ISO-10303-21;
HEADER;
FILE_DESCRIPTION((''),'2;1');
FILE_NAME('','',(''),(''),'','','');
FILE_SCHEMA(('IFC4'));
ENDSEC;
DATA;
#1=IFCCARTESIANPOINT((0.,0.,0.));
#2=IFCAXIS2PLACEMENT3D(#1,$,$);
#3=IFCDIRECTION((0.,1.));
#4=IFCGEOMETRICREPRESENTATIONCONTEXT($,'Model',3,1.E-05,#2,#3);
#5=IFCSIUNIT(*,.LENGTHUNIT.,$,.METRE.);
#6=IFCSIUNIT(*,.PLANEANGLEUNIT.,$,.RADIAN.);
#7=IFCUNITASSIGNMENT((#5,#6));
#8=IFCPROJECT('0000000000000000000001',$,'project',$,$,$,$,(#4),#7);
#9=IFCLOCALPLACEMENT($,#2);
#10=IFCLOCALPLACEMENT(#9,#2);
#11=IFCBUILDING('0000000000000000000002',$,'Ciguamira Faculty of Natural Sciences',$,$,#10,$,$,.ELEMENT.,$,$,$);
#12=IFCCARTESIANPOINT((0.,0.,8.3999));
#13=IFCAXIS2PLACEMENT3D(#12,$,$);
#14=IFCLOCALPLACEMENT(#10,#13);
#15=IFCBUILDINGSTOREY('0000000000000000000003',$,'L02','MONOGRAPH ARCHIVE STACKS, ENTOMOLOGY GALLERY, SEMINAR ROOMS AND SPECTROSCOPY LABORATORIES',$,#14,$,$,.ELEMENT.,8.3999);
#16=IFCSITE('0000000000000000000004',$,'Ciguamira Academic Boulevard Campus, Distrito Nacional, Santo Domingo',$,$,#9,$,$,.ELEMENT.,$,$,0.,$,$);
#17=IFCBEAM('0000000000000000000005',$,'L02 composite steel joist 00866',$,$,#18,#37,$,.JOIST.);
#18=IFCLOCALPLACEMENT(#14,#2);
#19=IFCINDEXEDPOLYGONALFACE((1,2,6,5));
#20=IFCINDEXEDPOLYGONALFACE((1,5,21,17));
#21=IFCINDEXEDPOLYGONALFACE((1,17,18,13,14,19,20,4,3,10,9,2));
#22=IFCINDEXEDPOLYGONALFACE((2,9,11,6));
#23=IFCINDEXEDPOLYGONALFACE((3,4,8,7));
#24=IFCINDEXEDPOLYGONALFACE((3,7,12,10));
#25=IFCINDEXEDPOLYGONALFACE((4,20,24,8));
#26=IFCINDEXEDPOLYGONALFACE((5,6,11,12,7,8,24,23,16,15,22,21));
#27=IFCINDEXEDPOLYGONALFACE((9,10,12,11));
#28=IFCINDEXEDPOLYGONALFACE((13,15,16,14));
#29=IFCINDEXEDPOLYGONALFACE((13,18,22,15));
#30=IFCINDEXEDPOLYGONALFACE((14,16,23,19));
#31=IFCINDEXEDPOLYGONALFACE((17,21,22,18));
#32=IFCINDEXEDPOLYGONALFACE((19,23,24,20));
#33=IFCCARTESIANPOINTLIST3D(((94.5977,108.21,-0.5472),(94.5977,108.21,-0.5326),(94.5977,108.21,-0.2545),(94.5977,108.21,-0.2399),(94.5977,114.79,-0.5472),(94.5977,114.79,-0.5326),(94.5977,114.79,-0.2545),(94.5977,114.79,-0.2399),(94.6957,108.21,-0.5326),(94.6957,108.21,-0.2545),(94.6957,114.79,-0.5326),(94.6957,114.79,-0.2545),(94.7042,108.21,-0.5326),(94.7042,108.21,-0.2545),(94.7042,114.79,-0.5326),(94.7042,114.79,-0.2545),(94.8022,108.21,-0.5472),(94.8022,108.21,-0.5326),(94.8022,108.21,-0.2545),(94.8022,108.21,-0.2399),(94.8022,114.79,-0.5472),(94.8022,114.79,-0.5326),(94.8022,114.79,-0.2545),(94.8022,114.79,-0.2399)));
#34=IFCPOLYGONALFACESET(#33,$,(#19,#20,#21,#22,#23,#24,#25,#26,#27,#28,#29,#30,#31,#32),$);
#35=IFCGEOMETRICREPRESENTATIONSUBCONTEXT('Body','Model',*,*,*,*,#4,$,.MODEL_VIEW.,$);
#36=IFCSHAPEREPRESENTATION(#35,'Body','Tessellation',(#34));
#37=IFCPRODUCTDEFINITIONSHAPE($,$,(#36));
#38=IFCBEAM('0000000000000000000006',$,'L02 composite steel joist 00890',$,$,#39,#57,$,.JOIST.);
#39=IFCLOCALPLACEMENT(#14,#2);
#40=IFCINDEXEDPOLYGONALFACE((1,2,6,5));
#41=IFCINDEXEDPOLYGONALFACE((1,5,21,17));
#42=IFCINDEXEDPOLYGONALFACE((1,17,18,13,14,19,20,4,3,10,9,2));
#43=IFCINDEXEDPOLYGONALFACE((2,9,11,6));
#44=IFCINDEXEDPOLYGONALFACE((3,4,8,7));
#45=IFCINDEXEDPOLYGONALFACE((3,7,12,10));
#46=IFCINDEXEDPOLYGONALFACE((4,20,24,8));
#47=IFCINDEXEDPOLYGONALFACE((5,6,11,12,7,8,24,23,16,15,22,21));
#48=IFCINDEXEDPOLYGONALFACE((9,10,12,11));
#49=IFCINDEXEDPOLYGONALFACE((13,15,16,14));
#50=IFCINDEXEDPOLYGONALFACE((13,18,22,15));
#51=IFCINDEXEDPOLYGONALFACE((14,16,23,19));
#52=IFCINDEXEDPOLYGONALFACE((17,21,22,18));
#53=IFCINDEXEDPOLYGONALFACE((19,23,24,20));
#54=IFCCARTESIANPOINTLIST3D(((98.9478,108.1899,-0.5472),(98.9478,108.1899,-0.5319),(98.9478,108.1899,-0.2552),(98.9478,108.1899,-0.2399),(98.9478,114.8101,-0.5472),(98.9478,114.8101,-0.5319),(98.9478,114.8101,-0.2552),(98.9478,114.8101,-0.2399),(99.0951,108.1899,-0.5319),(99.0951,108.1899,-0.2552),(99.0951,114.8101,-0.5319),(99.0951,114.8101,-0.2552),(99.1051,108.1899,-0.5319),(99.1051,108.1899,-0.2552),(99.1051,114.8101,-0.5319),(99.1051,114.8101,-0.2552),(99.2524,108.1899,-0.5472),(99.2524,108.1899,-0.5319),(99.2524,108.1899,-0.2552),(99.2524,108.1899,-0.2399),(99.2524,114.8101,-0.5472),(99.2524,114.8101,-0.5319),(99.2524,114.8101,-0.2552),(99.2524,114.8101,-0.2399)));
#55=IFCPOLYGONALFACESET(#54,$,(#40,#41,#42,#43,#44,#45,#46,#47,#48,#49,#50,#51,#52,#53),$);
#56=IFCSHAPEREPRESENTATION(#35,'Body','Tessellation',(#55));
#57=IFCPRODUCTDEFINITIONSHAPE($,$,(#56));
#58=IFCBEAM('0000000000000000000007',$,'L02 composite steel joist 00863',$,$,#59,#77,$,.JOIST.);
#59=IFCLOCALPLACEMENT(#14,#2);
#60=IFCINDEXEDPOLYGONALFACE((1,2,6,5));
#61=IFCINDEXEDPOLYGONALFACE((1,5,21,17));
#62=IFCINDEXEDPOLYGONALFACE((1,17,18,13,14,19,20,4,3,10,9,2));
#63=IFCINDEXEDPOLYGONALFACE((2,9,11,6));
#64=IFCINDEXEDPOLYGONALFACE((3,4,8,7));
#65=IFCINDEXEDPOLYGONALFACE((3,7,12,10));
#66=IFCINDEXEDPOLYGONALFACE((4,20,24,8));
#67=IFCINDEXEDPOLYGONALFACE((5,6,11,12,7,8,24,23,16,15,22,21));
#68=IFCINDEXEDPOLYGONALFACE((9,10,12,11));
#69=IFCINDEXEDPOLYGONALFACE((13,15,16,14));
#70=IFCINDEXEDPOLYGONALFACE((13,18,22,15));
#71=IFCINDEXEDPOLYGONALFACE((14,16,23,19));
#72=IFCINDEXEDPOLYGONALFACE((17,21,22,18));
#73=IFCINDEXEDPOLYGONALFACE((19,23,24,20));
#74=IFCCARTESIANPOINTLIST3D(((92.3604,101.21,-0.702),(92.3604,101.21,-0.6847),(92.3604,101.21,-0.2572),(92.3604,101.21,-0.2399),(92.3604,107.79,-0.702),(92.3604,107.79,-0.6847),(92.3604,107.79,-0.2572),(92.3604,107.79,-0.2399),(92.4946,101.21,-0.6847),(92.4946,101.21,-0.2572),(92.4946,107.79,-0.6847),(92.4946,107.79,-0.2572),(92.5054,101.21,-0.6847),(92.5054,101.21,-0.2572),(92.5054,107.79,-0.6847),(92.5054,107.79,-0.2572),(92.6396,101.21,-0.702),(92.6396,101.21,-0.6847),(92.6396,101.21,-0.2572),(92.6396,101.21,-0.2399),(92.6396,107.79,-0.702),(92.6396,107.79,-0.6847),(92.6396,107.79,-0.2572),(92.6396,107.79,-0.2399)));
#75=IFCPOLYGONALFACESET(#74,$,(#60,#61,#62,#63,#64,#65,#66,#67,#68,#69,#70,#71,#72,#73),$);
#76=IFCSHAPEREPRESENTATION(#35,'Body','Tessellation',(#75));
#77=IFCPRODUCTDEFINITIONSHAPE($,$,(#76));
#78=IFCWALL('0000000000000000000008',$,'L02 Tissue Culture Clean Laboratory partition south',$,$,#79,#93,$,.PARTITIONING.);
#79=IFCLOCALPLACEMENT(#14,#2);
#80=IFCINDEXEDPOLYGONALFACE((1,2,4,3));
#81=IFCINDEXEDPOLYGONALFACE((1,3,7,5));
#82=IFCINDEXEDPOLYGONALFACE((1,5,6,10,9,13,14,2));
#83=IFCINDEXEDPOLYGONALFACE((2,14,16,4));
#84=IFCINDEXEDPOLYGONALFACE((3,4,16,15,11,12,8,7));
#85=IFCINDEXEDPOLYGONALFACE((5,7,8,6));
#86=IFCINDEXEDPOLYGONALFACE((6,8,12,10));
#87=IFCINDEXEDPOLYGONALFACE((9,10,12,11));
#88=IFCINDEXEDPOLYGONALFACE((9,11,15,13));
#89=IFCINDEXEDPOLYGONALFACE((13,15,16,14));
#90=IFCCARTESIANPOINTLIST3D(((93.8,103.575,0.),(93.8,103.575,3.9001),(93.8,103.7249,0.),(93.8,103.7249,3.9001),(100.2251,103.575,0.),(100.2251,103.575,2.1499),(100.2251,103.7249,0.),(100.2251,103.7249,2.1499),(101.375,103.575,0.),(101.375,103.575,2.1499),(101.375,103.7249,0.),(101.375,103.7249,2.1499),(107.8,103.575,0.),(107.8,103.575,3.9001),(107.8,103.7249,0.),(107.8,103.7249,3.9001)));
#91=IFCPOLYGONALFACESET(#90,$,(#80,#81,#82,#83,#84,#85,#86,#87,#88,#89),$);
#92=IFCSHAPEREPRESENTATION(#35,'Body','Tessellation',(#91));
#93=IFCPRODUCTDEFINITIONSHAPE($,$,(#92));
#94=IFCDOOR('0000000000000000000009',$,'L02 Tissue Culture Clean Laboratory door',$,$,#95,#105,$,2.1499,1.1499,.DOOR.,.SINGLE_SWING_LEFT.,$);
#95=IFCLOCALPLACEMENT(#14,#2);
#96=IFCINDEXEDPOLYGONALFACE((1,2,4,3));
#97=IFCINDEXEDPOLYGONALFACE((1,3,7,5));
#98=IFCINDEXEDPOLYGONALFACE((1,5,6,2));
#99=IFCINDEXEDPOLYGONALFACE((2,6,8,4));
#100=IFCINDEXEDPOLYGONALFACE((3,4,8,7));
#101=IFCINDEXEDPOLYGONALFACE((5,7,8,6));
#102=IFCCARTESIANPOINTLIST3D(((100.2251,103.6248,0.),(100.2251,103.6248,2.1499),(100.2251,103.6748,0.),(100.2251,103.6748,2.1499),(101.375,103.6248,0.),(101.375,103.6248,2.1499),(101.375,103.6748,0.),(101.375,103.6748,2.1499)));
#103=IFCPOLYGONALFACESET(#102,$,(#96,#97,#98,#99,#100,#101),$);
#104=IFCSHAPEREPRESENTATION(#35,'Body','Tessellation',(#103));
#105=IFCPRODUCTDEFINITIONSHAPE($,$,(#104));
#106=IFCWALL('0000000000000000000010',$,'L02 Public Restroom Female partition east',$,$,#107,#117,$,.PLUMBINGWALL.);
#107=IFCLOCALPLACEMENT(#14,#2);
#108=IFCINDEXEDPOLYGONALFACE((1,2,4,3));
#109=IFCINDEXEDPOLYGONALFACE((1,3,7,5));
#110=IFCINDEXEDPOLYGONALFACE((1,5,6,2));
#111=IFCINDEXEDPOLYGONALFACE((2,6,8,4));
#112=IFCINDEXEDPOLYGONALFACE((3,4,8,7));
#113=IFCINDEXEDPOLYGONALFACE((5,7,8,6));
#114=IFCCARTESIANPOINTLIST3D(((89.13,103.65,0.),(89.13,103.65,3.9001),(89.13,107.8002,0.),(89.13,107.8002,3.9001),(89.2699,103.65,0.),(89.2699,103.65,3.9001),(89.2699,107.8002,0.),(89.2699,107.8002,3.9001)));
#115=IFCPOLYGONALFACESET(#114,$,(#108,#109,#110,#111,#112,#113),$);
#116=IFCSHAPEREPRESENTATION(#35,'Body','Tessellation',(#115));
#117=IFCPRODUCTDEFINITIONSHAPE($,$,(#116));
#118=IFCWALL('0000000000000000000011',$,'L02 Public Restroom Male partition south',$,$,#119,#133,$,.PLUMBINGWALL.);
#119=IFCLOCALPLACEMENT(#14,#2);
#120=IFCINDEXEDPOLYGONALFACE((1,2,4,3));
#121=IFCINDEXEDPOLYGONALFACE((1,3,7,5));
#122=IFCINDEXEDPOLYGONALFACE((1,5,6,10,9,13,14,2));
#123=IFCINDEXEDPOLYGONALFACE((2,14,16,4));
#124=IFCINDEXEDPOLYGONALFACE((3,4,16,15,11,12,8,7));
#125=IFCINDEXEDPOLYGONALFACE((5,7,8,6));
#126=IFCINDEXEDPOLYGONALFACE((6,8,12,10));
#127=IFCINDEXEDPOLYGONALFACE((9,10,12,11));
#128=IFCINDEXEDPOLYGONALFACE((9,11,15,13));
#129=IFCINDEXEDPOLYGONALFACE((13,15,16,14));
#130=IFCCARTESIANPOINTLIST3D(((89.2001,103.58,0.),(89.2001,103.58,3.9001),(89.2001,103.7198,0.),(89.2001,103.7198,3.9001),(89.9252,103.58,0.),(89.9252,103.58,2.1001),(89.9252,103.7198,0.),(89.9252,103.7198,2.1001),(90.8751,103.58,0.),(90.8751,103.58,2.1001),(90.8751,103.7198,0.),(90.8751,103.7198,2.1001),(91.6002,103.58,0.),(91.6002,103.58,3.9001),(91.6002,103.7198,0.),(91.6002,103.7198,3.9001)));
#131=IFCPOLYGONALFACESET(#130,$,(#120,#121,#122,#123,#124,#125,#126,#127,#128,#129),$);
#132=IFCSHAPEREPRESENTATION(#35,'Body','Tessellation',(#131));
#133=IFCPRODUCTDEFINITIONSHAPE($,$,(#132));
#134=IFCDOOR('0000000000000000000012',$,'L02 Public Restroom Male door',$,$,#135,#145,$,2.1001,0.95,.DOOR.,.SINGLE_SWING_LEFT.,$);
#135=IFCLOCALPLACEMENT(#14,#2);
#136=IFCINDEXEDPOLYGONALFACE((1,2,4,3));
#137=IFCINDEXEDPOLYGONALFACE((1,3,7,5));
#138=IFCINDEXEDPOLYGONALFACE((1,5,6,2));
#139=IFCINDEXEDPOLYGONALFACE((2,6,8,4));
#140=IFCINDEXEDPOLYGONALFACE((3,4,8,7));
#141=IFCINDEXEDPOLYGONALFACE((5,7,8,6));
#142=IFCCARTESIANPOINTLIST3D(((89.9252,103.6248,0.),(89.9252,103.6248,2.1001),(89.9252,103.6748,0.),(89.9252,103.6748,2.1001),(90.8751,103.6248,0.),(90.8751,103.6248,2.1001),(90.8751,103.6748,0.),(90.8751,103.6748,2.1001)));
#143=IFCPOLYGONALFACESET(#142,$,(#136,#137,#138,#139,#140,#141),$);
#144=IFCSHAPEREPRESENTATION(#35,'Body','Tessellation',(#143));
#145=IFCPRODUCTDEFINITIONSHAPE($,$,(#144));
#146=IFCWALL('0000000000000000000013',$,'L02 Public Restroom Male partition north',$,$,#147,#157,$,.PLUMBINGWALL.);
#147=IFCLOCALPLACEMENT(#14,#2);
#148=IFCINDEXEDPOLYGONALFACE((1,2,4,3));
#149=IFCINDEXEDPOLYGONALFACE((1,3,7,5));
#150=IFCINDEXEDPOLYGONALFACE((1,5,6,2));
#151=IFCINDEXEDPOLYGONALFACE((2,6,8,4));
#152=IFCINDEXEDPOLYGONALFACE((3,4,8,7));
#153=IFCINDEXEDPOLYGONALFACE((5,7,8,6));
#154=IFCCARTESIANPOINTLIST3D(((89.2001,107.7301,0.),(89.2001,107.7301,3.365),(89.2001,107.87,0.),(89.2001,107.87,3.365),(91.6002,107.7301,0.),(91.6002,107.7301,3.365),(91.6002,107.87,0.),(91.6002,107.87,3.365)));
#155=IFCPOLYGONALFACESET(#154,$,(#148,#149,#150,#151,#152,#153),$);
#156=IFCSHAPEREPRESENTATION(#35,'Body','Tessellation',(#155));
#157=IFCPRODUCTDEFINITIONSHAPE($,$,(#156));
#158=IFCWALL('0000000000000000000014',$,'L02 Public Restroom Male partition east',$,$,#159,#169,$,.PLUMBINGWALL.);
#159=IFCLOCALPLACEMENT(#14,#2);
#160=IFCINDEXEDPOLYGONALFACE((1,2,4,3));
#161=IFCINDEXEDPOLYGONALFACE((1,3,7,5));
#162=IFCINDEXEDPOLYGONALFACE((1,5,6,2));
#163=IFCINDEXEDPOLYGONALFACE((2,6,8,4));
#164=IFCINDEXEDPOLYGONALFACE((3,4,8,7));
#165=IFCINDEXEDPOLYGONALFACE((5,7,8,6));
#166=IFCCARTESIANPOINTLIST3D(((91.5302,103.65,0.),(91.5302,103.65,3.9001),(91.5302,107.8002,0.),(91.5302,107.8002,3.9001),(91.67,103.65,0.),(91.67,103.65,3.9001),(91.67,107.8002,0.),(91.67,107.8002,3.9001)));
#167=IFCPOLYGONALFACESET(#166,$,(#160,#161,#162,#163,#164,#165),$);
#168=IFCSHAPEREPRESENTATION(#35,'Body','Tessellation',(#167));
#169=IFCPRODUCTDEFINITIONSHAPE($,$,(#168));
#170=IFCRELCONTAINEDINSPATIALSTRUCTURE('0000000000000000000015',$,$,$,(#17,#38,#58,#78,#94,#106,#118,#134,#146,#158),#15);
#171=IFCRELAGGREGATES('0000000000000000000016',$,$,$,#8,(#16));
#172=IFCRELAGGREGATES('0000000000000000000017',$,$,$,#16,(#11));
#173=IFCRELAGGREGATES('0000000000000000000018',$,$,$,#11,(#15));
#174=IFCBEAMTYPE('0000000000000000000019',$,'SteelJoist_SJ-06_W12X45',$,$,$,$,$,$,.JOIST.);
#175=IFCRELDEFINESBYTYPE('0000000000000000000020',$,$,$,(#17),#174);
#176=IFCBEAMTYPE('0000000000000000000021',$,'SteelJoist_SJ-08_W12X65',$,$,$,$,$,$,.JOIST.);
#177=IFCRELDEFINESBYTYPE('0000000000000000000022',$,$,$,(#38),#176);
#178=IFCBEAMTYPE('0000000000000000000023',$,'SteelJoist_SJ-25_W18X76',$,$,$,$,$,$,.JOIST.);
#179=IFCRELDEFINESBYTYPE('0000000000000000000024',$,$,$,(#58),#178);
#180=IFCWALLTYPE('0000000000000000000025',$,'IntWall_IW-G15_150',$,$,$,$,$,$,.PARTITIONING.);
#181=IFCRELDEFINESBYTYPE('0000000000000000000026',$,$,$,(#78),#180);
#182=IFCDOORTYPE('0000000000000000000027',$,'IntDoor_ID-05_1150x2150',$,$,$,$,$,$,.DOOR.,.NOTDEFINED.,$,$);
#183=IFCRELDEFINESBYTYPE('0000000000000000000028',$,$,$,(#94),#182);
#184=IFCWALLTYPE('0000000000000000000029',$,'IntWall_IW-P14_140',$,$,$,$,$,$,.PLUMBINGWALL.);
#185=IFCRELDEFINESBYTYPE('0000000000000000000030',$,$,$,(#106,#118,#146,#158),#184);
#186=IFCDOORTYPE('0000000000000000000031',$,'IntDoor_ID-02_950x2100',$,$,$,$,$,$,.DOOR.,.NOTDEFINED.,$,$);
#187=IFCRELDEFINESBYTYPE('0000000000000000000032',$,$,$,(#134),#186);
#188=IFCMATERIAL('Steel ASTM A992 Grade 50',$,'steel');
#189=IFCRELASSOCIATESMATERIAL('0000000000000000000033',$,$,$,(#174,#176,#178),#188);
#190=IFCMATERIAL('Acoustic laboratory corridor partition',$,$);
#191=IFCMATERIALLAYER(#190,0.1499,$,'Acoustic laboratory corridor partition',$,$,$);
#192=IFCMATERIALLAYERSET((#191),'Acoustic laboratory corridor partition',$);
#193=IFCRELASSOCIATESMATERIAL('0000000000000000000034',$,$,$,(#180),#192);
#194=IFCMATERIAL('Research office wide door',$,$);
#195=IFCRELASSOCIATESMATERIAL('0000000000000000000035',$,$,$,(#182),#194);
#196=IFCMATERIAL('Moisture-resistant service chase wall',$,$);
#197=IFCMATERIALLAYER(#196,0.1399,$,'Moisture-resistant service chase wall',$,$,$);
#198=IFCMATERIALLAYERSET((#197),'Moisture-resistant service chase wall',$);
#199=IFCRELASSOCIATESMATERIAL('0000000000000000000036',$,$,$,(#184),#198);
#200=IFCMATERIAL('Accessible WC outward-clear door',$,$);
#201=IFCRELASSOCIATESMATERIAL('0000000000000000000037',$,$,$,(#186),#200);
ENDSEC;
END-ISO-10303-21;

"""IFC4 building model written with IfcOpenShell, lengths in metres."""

from ifc_helpers import new_model, si_unit, direction, frame, frame_2d, origin, origin_2d, place, context, subcontext, project, spatial, rectangle, i_section, extrude, material, layer, layer_set, material_profile, profile_set, type_object, element, fill, save


model = new_model("IFC4")

# Units and contexts
model_context = context("Model", 3, precision=1e-05, world=origin(), true_north=direction((0.0, 1.0)))
body_context = subcontext(model_context, "Body", "Model", "MODEL_VIEW")
ifc_project = project(units=[si_unit("LENGTHUNIT", "METRE"), si_unit("PLANEANGLEUNIT", "RADIAN")], contexts=[model_context])

# Site, building, storey
site_placement = place(None, origin())
site = spatial("IfcSite", under=ifc_project, at=site_placement, Name="Ciguamira Academic Boulevard Campus, Distrito Nacional, Santo Domingo", CompositionType="ELEMENT", RefElevation=0.0)
building_placement = place(site_placement, origin())
building = spatial("IfcBuilding", under=site, at=building_placement, Name="Ciguamira Faculty of Natural Sciences", CompositionType="ELEMENT")
storey_placement = place(building_placement, frame((0.0, 0.0, 8.3999)))
storey = spatial("IfcBuildingStorey", under=building, at=storey_placement, Name="L02", Description="MONOGRAPH ARCHIVE STACKS, ENTOMOLOGY GALLERY, SEMINAR ROOMS AND SPECTROSCOPY LABORATORIES", CompositionType="ELEMENT", Elevation=8.3999)

# Beams
ifc_material_1 = material(Name="Steel ASTM A992 Grade 50", Category="steel")
ifc_material_profile_1 = material_profile(ifc_material_1, i_section(OverallWidth=0.2046, OverallDepth=0.3074, WebThickness=0.0085, FlangeThickness=0.0146, at=origin_2d()), Name="W12X45")
ifc_profile_set_1 = profile_set([ifc_material_profile_1], Name="Steel ASTM A992 Grade 50")
beam_type_1 = type_object("IfcBeamType", Name="SteelJoist_SJ-06_W12X45", PredefinedType="JOIST", material=ifc_profile_set_1)
beam_1_placement = place(storey_placement, frame((94.7, 108.21, -0.3936), z_axis=(0.0, 1.0, 0.0), x_axis=(-1.0, 0.0, 0.0)))
element("IfcBeam", 1, at=beam_1_placement, inside=storey, type_object=beam_type_1, Name="L02 composite steel joist 00866", PredefinedType="JOIST", context=body_context, shape_type="SweptSolid", body=[
    extrude(i_section(OverallWidth=0.2046, OverallDepth=0.3074, WebThickness=0.0085, FlangeThickness=0.0146, at=origin_2d()), origin(), (0.0, 0.0, 1.0), 6.5801),
])
ifc_material_profile_2 = material_profile(ifc_material_1, i_section(OverallWidth=0.3047, OverallDepth=0.3074, WebThickness=0.01, FlangeThickness=0.0154, at=origin_2d()), Name="W12X65")
ifc_profile_set_2 = profile_set([ifc_material_profile_2], Name="Steel ASTM A992 Grade 50")
beam_type_2 = type_object("IfcBeamType", Name="SteelJoist_SJ-08_W12X65", PredefinedType="JOIST", material=ifc_profile_set_2)
beam_2_placement = place(storey_placement, frame((99.1001, 108.1899, -0.3936), z_axis=(0.0, 1.0, 0.0), x_axis=(-1.0, 0.0, 0.0)))
element("IfcBeam", 2, at=beam_2_placement, inside=storey, type_object=beam_type_2, Name="L02 composite steel joist 00890", PredefinedType="JOIST", context=body_context, shape_type="SweptSolid", body=[
    extrude(i_section(OverallWidth=0.3047, OverallDepth=0.3074, WebThickness=0.01, FlangeThickness=0.0154, at=origin_2d()), origin(), (0.0, 0.0, 1.0), 6.6201),
])
ifc_material_profile_3 = material_profile(ifc_material_1, i_section(OverallWidth=0.2793, OverallDepth=0.4622, WebThickness=0.0107, FlangeThickness=0.0173, at=origin_2d()), Name="W18X76")
ifc_profile_set_3 = profile_set([ifc_material_profile_3], Name="Steel ASTM A992 Grade 50")
beam_type_3 = type_object("IfcBeamType", Name="SteelJoist_SJ-25_W18X76", PredefinedType="JOIST", material=ifc_profile_set_3)
beam_3_placement = place(storey_placement, frame((92.5, 101.21, -0.4709), z_axis=(0.0, 1.0, 0.0), x_axis=(-1.0, 0.0, 0.0)))
element("IfcBeam", 3, at=beam_3_placement, inside=storey, type_object=beam_type_3, Name="L02 composite steel joist 00863", PredefinedType="JOIST", context=body_context, shape_type="SweptSolid", body=[
    extrude(i_section(OverallWidth=0.2793, OverallDepth=0.4622, WebThickness=0.0107, FlangeThickness=0.0173, at=origin_2d()), origin(), (0.0, 0.0, 1.0), 6.5801),
])

# Wall, opening, door
ifc_material_2 = material(Name="Acoustic laboratory corridor partition")
ifc_layer_1 = layer(ifc_material_2, 0.1499, Name="Acoustic laboratory corridor partition")
ifc_layer_set_1 = layer_set([ifc_layer_1], Name="Acoustic laboratory corridor partition")
wall_type_1 = type_object("IfcWallType", Name="IntWall_IW-G15_150", PredefinedType="PARTITIONING", material=ifc_layer_set_1)
wall_1_placement = place(storey_placement, frame((93.8, 103.6499, 0.0), z_axis=(0.0, 0.0, 1.0), x_axis=(1.0, 0.0, 0.0)))
wall_1 = element("IfcWall", 4, at=wall_1_placement, inside=storey, type_object=wall_type_1, Name="L02 Tissue Culture Clean Laboratory partition south", PredefinedType="PARTITIONING", context=body_context, shape_type="SweptSolid", body=[
    extrude(rectangle(XDim=14.0, YDim=0.1499, at=frame_2d((7.0, 0.0))), origin(), (0.0, 0.0, 1.0), 3.9001),
])
opening_1_placement = place(wall_1_placement, frame((6.425, 0.0, 0.0)))
opening_1 = element("IfcOpeningElement", 5, at=opening_1_placement, cuts=wall_1, PredefinedType="OPENING", context=body_context, shape_type="SweptSolid", body=[
    extrude(rectangle(XDim=1.1499, YDim=2.1499, at=frame_2d((0.575, 1.075))), frame((0.0, 0.085, 0.0), z_axis=(0.0, -1.0, 0.0), x_axis=(1.0, 0.0, 0.0)), (0.0, 0.0, 1.0), 0.1699),
])
ifc_material_3 = material(Name="Research office wide door")
door_type_1 = type_object("IfcDoorType", Name="IntDoor_ID-05_1150x2150", OperationType="NOTDEFINED", PredefinedType="DOOR", material=ifc_material_3)
door_1_placement = place(opening_1_placement, origin())
door_1 = element("IfcDoor", 6, at=door_1_placement, inside=storey, type_object=door_type_1, Name="L02 Tissue Culture Clean Laboratory door", OperationType="SINGLE_SWING_LEFT", OverallHeight=2.1499, OverallWidth=1.1499, PredefinedType="DOOR", context=body_context, shape_type="SweptSolid", body=[
    extrude(rectangle(XDim=1.1499, YDim=2.1499, at=frame_2d((0.575, 1.075))), frame((0.0, 0.0249, 0.0), z_axis=(0.0, -1.0, 0.0), x_axis=(1.0, 0.0, 0.0)), (0.0, 0.0, 1.0), 0.05),
])
fill(opening_1, door_1)

# Wall
ifc_material_4 = material(Name="Moisture-resistant service chase wall")
ifc_layer_2 = layer(ifc_material_4, 0.1399, Name="Moisture-resistant service chase wall")
ifc_layer_set_2 = layer_set([ifc_layer_2], Name="Moisture-resistant service chase wall")
wall_type_2 = type_object("IfcWallType", Name="IntWall_IW-P14_140", PredefinedType="PLUMBINGWALL", material=ifc_layer_set_2)
wall_2_placement = place(storey_placement, frame((89.2, 103.6499, 0.0), z_axis=(0.0, 0.0, 1.0), x_axis=(0.0, 1.0, 0.0)))
element("IfcWall", 7, at=wall_2_placement, inside=storey, type_object=wall_type_2, Name="L02 Public Restroom Female partition east", PredefinedType="PLUMBINGWALL", context=body_context, shape_type="SweptSolid", body=[
    extrude(rectangle(XDim=4.1501, YDim=0.1399, at=frame_2d((2.0752, 0.0))), origin(), (0.0, 0.0, 1.0), 3.9001),
])

# Wall, opening, door
wall_3_placement = place(storey_placement, frame((89.2, 103.6499, 0.0), z_axis=(0.0, 0.0, 1.0), x_axis=(1.0, 0.0, 0.0)))
wall_3 = element("IfcWall", 8, at=wall_3_placement, inside=storey, type_object=wall_type_2, Name="L02 Public Restroom Male partition south", PredefinedType="PLUMBINGWALL", context=body_context, shape_type="SweptSolid", body=[
    extrude(rectangle(XDim=2.4001, YDim=0.1399, at=frame_2d((1.2002, 0.0))), origin(), (0.0, 0.0, 1.0), 3.9001),
])
opening_2_placement = place(wall_3_placement, frame((0.7251, 0.0, 0.0)))
opening_2 = element("IfcOpeningElement", 9, at=opening_2_placement, cuts=wall_3, PredefinedType="OPENING", context=body_context, shape_type="SweptSolid", body=[
    extrude(rectangle(XDim=0.95, YDim=2.1001, at=frame_2d((0.4751, 1.05))), frame((0.0, 0.0798, 0.0), z_axis=(0.0, -1.0, 0.0), x_axis=(1.0, 0.0, 0.0)), (0.0, 0.0, 1.0), 0.1599),
])
ifc_material_5 = material(Name="Accessible WC outward-clear door")
door_type_2 = type_object("IfcDoorType", Name="IntDoor_ID-02_950x2100", OperationType="NOTDEFINED", PredefinedType="DOOR", material=ifc_material_5)
door_2_placement = place(opening_2_placement, origin())
door_2 = element("IfcDoor", 10, at=door_2_placement, inside=storey, type_object=door_type_2, Name="L02 Public Restroom Male door", OperationType="SINGLE_SWING_LEFT", OverallHeight=2.1001, OverallWidth=0.95, PredefinedType="DOOR", context=body_context, shape_type="SweptSolid", body=[
    extrude(rectangle(XDim=0.95, YDim=2.1001, at=frame_2d((0.4751, 1.05))), frame((0.0, 0.0249, 0.0), z_axis=(0.0, -1.0, 0.0), x_axis=(1.0, 0.0, 0.0)), (0.0, 0.0, 1.0), 0.05),
])
fill(opening_2, door_2)

# Walls
wall_4_placement = place(storey_placement, frame((89.2, 107.8, 0.0), z_axis=(0.0, 0.0, 1.0), x_axis=(1.0, 0.0, 0.0)))
element("IfcWall", 11, at=wall_4_placement, inside=storey, type_object=wall_type_2, Name="L02 Public Restroom Male partition north", PredefinedType="PLUMBINGWALL", context=body_context, shape_type="SweptSolid", body=[
    extrude(rectangle(XDim=2.4001, YDim=0.1399, at=frame_2d((1.2002, 0.0))), origin(), (0.0, 0.0, 1.0), 3.365),
])
wall_5_placement = place(storey_placement, frame((91.6001, 103.6499, 0.0), z_axis=(0.0, 0.0, 1.0), x_axis=(0.0, 1.0, 0.0)))
element("IfcWall", 12, at=wall_5_placement, inside=storey, type_object=wall_type_2, Name="L02 Public Restroom Male partition east", PredefinedType="PLUMBINGWALL", context=body_context, shape_type="SweptSolid", body=[
    extrude(rectangle(XDim=4.1501, YDim=0.1399, at=frame_2d((2.0752, 0.0))), origin(), (0.0, 0.0, 1.0), 3.9001),
])

save(model, "model.ifc")
